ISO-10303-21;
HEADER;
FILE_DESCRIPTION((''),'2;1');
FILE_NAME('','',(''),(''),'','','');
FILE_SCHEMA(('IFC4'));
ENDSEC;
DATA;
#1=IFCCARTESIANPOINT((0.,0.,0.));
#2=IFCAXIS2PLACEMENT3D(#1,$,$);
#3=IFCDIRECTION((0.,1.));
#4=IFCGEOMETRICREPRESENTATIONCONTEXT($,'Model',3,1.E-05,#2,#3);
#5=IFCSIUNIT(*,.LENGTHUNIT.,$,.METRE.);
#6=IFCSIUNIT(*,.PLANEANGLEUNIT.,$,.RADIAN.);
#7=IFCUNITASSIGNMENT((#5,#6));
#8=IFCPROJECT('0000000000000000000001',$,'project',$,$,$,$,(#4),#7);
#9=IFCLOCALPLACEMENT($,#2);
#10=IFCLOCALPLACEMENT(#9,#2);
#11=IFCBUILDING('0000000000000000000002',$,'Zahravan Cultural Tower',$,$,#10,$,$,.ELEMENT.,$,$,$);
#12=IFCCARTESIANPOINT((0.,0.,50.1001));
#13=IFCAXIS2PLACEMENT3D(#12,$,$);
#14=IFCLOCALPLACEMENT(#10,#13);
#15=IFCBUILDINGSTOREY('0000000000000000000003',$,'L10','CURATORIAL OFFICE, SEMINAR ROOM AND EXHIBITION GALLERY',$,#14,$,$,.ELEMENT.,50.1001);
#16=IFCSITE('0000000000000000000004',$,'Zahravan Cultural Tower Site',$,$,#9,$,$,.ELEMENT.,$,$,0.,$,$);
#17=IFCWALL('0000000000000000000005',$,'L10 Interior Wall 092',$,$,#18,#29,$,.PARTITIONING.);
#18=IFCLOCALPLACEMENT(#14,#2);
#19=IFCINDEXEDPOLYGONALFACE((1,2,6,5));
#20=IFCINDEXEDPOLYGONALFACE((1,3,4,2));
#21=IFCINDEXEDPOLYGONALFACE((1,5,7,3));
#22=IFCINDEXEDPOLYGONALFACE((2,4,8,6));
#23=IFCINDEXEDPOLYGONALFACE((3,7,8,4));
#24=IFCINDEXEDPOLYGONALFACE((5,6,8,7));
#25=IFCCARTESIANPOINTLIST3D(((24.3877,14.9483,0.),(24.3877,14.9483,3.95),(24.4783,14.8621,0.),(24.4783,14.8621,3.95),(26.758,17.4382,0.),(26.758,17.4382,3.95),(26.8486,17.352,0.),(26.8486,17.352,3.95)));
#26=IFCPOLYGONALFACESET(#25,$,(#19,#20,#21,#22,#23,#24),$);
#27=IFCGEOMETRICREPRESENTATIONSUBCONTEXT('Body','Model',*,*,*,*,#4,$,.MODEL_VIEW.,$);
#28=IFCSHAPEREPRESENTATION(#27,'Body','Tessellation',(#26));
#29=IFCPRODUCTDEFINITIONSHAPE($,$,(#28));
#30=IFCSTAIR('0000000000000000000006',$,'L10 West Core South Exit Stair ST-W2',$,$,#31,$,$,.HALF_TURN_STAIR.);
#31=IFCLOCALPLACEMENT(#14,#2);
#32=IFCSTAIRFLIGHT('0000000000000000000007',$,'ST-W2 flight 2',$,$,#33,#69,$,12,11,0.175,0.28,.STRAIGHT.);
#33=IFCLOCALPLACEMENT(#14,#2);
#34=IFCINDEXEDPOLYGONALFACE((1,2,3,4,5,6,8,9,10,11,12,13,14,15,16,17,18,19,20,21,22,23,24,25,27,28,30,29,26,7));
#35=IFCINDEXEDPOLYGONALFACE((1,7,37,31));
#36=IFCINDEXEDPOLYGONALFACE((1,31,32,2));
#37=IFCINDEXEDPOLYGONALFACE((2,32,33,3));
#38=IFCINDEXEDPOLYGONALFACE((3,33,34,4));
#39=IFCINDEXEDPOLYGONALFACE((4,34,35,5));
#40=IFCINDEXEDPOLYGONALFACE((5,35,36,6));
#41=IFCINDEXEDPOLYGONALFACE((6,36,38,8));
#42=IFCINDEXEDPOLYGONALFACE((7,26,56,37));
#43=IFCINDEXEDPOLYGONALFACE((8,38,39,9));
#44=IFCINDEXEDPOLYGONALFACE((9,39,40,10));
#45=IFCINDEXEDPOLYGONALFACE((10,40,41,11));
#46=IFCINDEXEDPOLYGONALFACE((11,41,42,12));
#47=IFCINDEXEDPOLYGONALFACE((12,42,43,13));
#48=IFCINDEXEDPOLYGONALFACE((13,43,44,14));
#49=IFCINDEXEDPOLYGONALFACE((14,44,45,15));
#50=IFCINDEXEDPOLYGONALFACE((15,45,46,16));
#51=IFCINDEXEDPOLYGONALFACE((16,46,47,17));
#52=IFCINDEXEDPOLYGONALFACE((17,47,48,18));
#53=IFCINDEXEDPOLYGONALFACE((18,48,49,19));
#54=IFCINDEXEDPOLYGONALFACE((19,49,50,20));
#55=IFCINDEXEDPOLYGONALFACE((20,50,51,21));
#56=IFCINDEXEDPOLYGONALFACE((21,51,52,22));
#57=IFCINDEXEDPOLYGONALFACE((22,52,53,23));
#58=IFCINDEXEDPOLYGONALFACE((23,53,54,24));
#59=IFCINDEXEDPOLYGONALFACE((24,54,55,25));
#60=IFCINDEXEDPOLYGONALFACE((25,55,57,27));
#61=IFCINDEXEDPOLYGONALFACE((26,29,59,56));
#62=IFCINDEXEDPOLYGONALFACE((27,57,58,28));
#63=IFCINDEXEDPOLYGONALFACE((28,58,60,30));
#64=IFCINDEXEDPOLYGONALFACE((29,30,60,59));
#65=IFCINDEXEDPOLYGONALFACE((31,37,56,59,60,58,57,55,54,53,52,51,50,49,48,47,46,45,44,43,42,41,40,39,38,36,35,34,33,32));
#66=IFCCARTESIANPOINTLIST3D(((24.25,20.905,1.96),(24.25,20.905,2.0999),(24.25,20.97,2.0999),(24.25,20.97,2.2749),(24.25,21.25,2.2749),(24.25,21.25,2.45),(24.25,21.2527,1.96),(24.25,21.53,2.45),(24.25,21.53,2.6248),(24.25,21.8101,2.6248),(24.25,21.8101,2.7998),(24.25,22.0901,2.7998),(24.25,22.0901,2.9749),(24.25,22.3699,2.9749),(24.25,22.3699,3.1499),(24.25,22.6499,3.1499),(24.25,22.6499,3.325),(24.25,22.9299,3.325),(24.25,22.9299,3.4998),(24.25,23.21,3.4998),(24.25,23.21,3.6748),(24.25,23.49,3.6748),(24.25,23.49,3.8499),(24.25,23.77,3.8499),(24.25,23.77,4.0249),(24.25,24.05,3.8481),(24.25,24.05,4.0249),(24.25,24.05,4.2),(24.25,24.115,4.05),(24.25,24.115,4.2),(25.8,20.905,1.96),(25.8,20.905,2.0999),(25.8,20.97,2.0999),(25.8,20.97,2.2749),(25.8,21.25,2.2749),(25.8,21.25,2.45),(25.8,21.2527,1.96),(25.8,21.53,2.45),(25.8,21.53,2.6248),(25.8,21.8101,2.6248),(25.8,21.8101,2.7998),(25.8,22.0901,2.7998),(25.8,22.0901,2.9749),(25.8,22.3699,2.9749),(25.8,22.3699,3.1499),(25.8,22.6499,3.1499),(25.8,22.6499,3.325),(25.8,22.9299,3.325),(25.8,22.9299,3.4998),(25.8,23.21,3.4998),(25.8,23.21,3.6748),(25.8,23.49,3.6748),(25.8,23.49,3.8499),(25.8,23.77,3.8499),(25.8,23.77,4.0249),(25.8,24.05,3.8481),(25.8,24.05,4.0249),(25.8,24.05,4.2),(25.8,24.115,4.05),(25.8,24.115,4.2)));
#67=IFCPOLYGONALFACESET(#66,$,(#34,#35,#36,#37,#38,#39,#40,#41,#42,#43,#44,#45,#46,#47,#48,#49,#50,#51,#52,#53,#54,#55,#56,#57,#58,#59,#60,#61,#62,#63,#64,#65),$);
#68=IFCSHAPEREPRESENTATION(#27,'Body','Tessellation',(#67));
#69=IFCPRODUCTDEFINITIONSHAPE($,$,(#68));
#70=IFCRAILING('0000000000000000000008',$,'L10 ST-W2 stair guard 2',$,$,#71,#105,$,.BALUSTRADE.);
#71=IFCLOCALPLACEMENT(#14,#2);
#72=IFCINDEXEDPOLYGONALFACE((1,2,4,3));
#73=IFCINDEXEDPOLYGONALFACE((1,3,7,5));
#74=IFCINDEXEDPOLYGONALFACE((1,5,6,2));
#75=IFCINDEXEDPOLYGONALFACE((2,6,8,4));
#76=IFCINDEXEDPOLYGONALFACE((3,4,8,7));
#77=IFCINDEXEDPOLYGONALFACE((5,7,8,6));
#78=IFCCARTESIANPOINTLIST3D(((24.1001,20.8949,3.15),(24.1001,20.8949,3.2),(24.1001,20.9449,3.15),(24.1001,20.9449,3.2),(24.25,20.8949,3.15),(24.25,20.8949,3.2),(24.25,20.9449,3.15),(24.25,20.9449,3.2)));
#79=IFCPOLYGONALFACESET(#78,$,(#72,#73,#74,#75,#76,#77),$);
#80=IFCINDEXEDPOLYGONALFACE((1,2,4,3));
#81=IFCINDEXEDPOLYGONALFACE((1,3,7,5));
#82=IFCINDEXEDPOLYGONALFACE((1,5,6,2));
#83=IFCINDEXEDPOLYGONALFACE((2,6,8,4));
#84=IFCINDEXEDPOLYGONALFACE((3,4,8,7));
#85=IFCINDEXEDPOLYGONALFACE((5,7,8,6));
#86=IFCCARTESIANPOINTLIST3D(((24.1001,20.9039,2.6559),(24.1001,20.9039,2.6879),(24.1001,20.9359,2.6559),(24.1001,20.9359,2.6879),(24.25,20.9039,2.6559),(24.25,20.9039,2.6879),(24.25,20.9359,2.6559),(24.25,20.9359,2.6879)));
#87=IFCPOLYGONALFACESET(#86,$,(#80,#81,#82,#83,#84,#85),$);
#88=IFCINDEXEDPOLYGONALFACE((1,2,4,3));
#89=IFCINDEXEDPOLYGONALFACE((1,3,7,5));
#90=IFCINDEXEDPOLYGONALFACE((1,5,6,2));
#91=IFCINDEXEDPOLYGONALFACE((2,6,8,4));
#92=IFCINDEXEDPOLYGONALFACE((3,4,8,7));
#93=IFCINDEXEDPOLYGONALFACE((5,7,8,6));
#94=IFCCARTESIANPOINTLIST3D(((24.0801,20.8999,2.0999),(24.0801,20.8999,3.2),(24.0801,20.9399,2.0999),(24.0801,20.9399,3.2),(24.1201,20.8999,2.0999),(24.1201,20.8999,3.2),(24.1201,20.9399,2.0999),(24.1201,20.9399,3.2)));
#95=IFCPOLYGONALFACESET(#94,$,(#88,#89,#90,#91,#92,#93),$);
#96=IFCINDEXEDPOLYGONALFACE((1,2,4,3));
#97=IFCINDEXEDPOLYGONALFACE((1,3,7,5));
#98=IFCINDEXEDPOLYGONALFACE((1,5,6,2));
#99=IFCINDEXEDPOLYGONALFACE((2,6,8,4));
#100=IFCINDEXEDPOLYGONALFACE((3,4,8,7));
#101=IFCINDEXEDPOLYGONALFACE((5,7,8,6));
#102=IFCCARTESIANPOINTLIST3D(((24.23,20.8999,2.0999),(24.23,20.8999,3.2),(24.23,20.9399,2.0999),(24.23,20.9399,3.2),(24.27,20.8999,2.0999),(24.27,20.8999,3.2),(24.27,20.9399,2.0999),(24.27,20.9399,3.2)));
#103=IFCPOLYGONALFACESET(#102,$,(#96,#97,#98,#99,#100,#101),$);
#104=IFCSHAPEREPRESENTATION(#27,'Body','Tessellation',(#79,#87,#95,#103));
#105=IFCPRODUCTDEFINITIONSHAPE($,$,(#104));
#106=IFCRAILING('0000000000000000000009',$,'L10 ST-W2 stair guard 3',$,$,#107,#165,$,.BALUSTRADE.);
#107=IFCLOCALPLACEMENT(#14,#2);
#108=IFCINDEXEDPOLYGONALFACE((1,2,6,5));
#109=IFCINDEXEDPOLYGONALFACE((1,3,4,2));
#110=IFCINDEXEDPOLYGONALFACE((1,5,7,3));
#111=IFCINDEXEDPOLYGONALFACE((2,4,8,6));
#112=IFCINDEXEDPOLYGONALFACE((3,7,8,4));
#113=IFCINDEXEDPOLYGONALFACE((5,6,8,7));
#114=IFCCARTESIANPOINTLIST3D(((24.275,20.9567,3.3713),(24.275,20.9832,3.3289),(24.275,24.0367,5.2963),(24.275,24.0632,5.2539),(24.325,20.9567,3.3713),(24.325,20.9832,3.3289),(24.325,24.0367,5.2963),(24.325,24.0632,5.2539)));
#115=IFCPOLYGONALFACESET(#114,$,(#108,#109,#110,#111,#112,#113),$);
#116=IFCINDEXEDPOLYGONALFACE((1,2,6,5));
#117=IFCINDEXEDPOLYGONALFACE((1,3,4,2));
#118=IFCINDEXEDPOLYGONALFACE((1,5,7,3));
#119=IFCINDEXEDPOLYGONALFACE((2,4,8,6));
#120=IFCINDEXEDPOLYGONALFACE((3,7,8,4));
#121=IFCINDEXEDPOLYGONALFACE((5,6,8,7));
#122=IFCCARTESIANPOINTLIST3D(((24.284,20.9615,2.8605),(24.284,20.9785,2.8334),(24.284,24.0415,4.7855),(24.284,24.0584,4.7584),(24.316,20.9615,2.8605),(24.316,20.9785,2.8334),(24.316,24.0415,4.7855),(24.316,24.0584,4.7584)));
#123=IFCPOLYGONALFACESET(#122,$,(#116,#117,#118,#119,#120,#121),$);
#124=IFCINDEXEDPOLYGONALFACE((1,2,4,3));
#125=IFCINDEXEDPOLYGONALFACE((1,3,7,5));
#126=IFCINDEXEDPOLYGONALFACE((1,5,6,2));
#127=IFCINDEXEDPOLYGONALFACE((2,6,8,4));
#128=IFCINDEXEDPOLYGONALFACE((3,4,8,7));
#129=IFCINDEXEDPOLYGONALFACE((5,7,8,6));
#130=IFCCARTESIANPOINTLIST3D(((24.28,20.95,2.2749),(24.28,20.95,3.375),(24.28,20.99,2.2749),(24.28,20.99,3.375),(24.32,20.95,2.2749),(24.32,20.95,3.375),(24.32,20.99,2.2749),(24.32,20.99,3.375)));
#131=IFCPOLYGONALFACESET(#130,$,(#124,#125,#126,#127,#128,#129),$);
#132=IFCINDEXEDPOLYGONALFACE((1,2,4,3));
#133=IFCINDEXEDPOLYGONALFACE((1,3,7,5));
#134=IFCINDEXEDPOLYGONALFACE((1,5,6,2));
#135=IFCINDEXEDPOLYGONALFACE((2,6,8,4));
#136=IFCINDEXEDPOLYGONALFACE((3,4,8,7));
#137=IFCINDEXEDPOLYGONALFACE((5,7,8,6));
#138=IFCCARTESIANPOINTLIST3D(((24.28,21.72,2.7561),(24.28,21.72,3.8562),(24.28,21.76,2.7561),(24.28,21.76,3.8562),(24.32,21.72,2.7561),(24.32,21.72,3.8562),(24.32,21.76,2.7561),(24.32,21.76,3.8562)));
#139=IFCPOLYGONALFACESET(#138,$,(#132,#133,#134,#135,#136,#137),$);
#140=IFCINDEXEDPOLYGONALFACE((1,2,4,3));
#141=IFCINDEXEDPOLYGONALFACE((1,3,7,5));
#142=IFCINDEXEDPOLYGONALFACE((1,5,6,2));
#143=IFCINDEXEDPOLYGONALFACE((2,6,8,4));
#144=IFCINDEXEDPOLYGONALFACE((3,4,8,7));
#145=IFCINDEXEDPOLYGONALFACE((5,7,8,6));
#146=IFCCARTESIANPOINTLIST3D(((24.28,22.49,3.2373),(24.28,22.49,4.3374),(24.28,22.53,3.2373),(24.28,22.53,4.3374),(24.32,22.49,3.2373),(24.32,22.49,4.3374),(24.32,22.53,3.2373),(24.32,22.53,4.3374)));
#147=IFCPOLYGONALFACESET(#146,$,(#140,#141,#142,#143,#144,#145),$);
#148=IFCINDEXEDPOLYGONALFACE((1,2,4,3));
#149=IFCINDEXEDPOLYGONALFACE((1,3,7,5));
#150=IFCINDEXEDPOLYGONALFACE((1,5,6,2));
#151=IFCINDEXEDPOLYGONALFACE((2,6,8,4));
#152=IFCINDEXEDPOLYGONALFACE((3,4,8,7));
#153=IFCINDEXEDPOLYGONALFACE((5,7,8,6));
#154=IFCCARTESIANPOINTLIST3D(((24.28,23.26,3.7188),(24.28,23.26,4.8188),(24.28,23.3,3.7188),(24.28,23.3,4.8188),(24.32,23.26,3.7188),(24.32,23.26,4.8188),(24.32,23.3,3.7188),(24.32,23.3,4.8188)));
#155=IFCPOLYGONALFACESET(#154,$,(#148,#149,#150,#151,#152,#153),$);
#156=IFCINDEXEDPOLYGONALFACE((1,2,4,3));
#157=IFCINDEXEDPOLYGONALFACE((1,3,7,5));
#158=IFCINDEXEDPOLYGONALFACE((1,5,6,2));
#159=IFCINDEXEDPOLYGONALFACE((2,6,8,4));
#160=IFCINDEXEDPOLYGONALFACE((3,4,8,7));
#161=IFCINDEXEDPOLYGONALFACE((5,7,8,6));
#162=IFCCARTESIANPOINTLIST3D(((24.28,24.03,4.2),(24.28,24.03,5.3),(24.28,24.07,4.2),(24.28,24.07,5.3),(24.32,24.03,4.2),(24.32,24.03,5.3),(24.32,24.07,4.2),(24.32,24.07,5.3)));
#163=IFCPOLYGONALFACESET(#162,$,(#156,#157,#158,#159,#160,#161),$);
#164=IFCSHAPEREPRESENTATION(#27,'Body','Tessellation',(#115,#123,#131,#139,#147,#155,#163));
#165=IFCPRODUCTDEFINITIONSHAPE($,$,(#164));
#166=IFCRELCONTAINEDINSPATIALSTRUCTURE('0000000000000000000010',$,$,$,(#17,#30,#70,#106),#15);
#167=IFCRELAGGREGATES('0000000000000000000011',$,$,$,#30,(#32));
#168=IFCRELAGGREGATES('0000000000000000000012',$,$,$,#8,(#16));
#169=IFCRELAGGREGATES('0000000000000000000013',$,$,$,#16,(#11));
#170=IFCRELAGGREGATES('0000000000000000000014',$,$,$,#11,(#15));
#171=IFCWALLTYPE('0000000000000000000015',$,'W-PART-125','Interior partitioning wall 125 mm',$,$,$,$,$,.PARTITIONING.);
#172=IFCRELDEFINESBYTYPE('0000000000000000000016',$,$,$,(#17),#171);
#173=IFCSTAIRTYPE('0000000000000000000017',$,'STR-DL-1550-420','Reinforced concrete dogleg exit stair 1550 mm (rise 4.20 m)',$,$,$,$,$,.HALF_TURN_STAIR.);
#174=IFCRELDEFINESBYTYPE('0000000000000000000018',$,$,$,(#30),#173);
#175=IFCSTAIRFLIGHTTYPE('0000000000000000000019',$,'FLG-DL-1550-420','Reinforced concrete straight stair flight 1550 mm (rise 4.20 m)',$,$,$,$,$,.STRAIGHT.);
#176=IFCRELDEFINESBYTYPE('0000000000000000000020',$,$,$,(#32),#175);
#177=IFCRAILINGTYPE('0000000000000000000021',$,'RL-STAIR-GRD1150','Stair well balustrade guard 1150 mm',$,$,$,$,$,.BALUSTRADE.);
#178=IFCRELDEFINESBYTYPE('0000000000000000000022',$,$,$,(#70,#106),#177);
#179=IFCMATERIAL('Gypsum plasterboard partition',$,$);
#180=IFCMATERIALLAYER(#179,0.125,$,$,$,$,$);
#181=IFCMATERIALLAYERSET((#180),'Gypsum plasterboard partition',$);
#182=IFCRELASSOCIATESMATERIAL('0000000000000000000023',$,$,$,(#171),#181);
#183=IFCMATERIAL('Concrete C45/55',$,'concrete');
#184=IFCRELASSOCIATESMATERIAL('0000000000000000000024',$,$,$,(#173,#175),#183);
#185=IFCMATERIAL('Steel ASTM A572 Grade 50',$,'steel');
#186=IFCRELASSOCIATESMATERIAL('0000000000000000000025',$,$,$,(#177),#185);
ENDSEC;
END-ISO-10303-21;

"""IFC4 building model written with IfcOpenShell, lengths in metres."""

from ifc_helpers import new_model, si_unit, direction, frame, frame_2d, origin, origin_2d, place, context, subcontext, project, spatial, polyline, rectangle, outline, extrude, source, transform, mapped, material, layer, layer_set, type_object, element, aggregate, save


model = new_model("IFC4")

# Units and contexts
model_context = context("Model", 3, precision=1e-05, world=origin(), true_north=direction((0.0, 1.0)))
body_context = subcontext(model_context, "Body", "Model", "MODEL_VIEW")
ifc_project = project(units=[si_unit("LENGTHUNIT", "METRE"), si_unit("PLANEANGLEUNIT", "RADIAN")], contexts=[model_context])

# Site, building, storey
site_placement = place(None, origin())
site = spatial("IfcSite", under=ifc_project, at=site_placement, Name="Zahravan Cultural Tower Site", CompositionType="ELEMENT", RefElevation=0.0)
building_placement = place(site_placement, origin())
building = spatial("IfcBuilding", under=site, at=building_placement, Name="Zahravan Cultural Tower", CompositionType="ELEMENT")
storey_placement = place(building_placement, frame((0.0, 0.0, 50.1001)))
storey = spatial("IfcBuildingStorey", under=building, at=storey_placement, Name="L10", Description="CURATORIAL OFFICE, SEMINAR ROOM AND EXHIBITION GALLERY", CompositionType="ELEMENT", Elevation=50.1001)

# Shared definitions
ifc_material_1 = material(Name="Steel ASTM A572 Grade 50", Category="steel")

# Shared definitions
ifc_material_2 = material(Name="Gypsum plasterboard partition")
ifc_layer_1 = layer(ifc_material_2, 0.125)
ifc_layer_set_1 = layer_set([ifc_layer_1], Name="Gypsum plasterboard partition")
wall_type_1 = type_object("IfcWallType", Name="W-PART-125", Description="Interior partitioning wall 125 mm", PredefinedType="PARTITIONING", material=ifc_layer_set_1)
ifc_material_3 = material(Name="Concrete C45/55", Category="concrete")

# Wall
shared_shape_1 = source(origin(), body_context, "Body", "SweptSolid", [
    extrude(rectangle(XDim=3.4377, YDim=0.125, at=frame_2d((1.7188, 0.0))), origin(), (0.0, 0.0, 1.0), 3.95),
])
wall_1_placement = place(storey_placement, frame((26.8032, 17.395, 0.0), z_axis=(0.0, 0.0, 1.0), x_axis=(-0.689494, -0.724292, 0.0)))
element("IfcWall", 1, at=wall_1_placement, inside=storey, type_object=wall_type_1, Name="L10 Interior Wall 092", PredefinedType="PARTITIONING", context=body_context, shape_type="MappedRepresentation", body=[
    mapped(shared_shape_1, transform((0.0, 0.0, 0.0), x_axis=(1.0, 0.0, 0.0), y_axis=(0.0, 1.0, 0.0), z_axis=(0.0, 0.0, 1.0), scale=1.0)),
])

# Stair, stair flight
stair_type = type_object("IfcStairType", Name="STR-DL-1550-420", Description="Reinforced concrete dogleg exit stair 1550 mm (rise 4.20 m)", PredefinedType="HALF_TURN_STAIR", material=ifc_material_3)
stair_placement = place(storey_placement, origin())
stair = element("IfcStair", 2, at=stair_placement, inside=storey, type_object=stair_type, Name="L10 West Core South Exit Stair ST-W2", PredefinedType="HALF_TURN_STAIR")
stair_flight_type = type_object("IfcStairFlightType", Name="FLG-DL-1550-420", Description="Reinforced concrete straight stair flight 1550 mm (rise 4.20 m)", PredefinedType="STRAIGHT", material=ifc_material_3)
stair_flight_placement = place(storey_placement, frame((25.0249, 20.97, 2.0999), z_axis=(0.0, 0.0, 1.0), x_axis=(0.0, 1.0, 0.0)))
stair_flight = element("IfcStairFlight", 3, at=stair_flight_placement, type_object=stair_flight_type, Name="ST-W2 flight 2", NumberOfRisers=12, NumberOfTreads=11, PredefinedType="STRAIGHT", RiserHeight=0.175, TreadLength=0.28, context=body_context, shape_type="SweptSolid", body=[
    extrude(outline(polyline([(-0.0649, -0.1399), (-0.0649, 0.0), (0.0, 0.0), (0.0, 0.175), (0.28, 0.175), (0.28, 0.3501), (0.5601, 0.3501), (0.5601, 0.5249), (0.8401, 0.5249), (0.8401, 0.7), (1.1201, 0.7), (1.1201, 0.875), (1.3999, 0.875), (1.3999, 1.05), (1.6799, 1.05), (1.6799, 1.2251), (1.96, 1.2251), (1.96, 1.3999), (2.24, 1.3999), (2.24, 1.575), (2.52, 1.575), (2.52, 1.75), (2.8, 1.75), (2.8, 1.925), (3.0801, 1.925), (3.0801, 2.1001), (3.145, 2.1001), (3.145, 1.9502), (3.0801, 1.7483), (0.2827, -0.1399), (-0.0649, -0.1399)])), frame((0.0, 0.7749, 0.0), z_axis=(0.0, -1.0, 0.0), x_axis=(1.0, 0.0, 0.0)), (0.0, 0.0, 1.0), 1.55),
])
aggregate(stair, [stair_flight])

# Railings
railing_type_1 = type_object("IfcRailingType", Name="RL-STAIR-GRD1150", Description="Stair well balustrade guard 1150 mm", PredefinedType="BALUSTRADE", material=ifc_material_1)
railing_1_placement = place(storey_placement, frame((24.1001, 20.9199, 2.0999)))
element("IfcRailing", 4, at=railing_1_placement, inside=storey, type_object=railing_type_1, Name="L10 ST-W2 stair guard 2", PredefinedType="BALUSTRADE", context=body_context, shape_type="SweptSolid", body=[
    extrude(rectangle(XDim=0.05, YDim=0.05, at=origin_2d()), frame((0.0, 0.0, 1.0752), z_axis=(1.0, 0.0, 0.0), x_axis=(0.0, 1.0, 0.0)), (0.0, 0.0, 1.0), 0.1499),
    extrude(rectangle(XDim=0.032, YDim=0.032, at=origin_2d()), frame((0.0, 0.0, 0.572), z_axis=(1.0, 0.0, 0.0), x_axis=(0.0, 1.0, 0.0)), (0.0, 0.0, 1.0), 0.1499),
    extrude(rectangle(XDim=0.04, YDim=0.04, at=origin_2d()), origin(), (0.0, 0.0, 1.0), 1.1001),
    extrude(rectangle(XDim=0.04, YDim=0.04, at=origin_2d()), frame((0.1499, 0.0, 0.0)), (0.0, 0.0, 1.0), 1.1001),
])
railing_2_placement = place(storey_placement, frame((24.3, 20.97, 2.2749)))
element("IfcRailing", 5, at=railing_2_placement, inside=storey, type_object=railing_type_1, Name="L10 ST-W2 stair guard 3", PredefinedType="BALUSTRADE", context=body_context, shape_type="SweptSolid", body=[
    extrude(rectangle(XDim=0.05, YDim=0.05, at=origin_2d()), frame((0.0, 0.0, 1.0752), z_axis=(0.0, 0.847998, 0.529999), x_axis=(-1.0, 0.0, 0.0)), (0.0, 0.0, 1.0), 3.6321),
    extrude(rectangle(XDim=0.032, YDim=0.032, at=origin_2d()), frame((0.0, 0.0, 0.572), z_axis=(0.0, 0.847998, 0.529999), x_axis=(-1.0, 0.0, 0.0)), (0.0, 0.0, 1.0), 3.6321),
    extrude(rectangle(XDim=0.04, YDim=0.04, at=origin_2d()), origin(), (0.0, 0.0, 1.0), 1.1001),
    extrude(rectangle(XDim=0.04, YDim=0.04, at=origin_2d()), frame((0.0, 0.77, 0.4812)), (0.0, 0.0, 1.0), 1.1001),
    extrude(rectangle(XDim=0.04, YDim=0.04, at=origin_2d()), frame((0.0, 1.54, 0.9624)), (0.0, 0.0, 1.0), 1.1001),
    extrude(rectangle(XDim=0.04, YDim=0.04, at=origin_2d()), frame((0.0, 2.3101, 1.4438)), (0.0, 0.0, 1.0), 1.1001),
    extrude(rectangle(XDim=0.04, YDim=0.04, at=origin_2d()), frame((0.0, 3.0801, 1.925)), (0.0, 0.0, 1.0), 1.1001),
])

save(model, "model.ifc")
